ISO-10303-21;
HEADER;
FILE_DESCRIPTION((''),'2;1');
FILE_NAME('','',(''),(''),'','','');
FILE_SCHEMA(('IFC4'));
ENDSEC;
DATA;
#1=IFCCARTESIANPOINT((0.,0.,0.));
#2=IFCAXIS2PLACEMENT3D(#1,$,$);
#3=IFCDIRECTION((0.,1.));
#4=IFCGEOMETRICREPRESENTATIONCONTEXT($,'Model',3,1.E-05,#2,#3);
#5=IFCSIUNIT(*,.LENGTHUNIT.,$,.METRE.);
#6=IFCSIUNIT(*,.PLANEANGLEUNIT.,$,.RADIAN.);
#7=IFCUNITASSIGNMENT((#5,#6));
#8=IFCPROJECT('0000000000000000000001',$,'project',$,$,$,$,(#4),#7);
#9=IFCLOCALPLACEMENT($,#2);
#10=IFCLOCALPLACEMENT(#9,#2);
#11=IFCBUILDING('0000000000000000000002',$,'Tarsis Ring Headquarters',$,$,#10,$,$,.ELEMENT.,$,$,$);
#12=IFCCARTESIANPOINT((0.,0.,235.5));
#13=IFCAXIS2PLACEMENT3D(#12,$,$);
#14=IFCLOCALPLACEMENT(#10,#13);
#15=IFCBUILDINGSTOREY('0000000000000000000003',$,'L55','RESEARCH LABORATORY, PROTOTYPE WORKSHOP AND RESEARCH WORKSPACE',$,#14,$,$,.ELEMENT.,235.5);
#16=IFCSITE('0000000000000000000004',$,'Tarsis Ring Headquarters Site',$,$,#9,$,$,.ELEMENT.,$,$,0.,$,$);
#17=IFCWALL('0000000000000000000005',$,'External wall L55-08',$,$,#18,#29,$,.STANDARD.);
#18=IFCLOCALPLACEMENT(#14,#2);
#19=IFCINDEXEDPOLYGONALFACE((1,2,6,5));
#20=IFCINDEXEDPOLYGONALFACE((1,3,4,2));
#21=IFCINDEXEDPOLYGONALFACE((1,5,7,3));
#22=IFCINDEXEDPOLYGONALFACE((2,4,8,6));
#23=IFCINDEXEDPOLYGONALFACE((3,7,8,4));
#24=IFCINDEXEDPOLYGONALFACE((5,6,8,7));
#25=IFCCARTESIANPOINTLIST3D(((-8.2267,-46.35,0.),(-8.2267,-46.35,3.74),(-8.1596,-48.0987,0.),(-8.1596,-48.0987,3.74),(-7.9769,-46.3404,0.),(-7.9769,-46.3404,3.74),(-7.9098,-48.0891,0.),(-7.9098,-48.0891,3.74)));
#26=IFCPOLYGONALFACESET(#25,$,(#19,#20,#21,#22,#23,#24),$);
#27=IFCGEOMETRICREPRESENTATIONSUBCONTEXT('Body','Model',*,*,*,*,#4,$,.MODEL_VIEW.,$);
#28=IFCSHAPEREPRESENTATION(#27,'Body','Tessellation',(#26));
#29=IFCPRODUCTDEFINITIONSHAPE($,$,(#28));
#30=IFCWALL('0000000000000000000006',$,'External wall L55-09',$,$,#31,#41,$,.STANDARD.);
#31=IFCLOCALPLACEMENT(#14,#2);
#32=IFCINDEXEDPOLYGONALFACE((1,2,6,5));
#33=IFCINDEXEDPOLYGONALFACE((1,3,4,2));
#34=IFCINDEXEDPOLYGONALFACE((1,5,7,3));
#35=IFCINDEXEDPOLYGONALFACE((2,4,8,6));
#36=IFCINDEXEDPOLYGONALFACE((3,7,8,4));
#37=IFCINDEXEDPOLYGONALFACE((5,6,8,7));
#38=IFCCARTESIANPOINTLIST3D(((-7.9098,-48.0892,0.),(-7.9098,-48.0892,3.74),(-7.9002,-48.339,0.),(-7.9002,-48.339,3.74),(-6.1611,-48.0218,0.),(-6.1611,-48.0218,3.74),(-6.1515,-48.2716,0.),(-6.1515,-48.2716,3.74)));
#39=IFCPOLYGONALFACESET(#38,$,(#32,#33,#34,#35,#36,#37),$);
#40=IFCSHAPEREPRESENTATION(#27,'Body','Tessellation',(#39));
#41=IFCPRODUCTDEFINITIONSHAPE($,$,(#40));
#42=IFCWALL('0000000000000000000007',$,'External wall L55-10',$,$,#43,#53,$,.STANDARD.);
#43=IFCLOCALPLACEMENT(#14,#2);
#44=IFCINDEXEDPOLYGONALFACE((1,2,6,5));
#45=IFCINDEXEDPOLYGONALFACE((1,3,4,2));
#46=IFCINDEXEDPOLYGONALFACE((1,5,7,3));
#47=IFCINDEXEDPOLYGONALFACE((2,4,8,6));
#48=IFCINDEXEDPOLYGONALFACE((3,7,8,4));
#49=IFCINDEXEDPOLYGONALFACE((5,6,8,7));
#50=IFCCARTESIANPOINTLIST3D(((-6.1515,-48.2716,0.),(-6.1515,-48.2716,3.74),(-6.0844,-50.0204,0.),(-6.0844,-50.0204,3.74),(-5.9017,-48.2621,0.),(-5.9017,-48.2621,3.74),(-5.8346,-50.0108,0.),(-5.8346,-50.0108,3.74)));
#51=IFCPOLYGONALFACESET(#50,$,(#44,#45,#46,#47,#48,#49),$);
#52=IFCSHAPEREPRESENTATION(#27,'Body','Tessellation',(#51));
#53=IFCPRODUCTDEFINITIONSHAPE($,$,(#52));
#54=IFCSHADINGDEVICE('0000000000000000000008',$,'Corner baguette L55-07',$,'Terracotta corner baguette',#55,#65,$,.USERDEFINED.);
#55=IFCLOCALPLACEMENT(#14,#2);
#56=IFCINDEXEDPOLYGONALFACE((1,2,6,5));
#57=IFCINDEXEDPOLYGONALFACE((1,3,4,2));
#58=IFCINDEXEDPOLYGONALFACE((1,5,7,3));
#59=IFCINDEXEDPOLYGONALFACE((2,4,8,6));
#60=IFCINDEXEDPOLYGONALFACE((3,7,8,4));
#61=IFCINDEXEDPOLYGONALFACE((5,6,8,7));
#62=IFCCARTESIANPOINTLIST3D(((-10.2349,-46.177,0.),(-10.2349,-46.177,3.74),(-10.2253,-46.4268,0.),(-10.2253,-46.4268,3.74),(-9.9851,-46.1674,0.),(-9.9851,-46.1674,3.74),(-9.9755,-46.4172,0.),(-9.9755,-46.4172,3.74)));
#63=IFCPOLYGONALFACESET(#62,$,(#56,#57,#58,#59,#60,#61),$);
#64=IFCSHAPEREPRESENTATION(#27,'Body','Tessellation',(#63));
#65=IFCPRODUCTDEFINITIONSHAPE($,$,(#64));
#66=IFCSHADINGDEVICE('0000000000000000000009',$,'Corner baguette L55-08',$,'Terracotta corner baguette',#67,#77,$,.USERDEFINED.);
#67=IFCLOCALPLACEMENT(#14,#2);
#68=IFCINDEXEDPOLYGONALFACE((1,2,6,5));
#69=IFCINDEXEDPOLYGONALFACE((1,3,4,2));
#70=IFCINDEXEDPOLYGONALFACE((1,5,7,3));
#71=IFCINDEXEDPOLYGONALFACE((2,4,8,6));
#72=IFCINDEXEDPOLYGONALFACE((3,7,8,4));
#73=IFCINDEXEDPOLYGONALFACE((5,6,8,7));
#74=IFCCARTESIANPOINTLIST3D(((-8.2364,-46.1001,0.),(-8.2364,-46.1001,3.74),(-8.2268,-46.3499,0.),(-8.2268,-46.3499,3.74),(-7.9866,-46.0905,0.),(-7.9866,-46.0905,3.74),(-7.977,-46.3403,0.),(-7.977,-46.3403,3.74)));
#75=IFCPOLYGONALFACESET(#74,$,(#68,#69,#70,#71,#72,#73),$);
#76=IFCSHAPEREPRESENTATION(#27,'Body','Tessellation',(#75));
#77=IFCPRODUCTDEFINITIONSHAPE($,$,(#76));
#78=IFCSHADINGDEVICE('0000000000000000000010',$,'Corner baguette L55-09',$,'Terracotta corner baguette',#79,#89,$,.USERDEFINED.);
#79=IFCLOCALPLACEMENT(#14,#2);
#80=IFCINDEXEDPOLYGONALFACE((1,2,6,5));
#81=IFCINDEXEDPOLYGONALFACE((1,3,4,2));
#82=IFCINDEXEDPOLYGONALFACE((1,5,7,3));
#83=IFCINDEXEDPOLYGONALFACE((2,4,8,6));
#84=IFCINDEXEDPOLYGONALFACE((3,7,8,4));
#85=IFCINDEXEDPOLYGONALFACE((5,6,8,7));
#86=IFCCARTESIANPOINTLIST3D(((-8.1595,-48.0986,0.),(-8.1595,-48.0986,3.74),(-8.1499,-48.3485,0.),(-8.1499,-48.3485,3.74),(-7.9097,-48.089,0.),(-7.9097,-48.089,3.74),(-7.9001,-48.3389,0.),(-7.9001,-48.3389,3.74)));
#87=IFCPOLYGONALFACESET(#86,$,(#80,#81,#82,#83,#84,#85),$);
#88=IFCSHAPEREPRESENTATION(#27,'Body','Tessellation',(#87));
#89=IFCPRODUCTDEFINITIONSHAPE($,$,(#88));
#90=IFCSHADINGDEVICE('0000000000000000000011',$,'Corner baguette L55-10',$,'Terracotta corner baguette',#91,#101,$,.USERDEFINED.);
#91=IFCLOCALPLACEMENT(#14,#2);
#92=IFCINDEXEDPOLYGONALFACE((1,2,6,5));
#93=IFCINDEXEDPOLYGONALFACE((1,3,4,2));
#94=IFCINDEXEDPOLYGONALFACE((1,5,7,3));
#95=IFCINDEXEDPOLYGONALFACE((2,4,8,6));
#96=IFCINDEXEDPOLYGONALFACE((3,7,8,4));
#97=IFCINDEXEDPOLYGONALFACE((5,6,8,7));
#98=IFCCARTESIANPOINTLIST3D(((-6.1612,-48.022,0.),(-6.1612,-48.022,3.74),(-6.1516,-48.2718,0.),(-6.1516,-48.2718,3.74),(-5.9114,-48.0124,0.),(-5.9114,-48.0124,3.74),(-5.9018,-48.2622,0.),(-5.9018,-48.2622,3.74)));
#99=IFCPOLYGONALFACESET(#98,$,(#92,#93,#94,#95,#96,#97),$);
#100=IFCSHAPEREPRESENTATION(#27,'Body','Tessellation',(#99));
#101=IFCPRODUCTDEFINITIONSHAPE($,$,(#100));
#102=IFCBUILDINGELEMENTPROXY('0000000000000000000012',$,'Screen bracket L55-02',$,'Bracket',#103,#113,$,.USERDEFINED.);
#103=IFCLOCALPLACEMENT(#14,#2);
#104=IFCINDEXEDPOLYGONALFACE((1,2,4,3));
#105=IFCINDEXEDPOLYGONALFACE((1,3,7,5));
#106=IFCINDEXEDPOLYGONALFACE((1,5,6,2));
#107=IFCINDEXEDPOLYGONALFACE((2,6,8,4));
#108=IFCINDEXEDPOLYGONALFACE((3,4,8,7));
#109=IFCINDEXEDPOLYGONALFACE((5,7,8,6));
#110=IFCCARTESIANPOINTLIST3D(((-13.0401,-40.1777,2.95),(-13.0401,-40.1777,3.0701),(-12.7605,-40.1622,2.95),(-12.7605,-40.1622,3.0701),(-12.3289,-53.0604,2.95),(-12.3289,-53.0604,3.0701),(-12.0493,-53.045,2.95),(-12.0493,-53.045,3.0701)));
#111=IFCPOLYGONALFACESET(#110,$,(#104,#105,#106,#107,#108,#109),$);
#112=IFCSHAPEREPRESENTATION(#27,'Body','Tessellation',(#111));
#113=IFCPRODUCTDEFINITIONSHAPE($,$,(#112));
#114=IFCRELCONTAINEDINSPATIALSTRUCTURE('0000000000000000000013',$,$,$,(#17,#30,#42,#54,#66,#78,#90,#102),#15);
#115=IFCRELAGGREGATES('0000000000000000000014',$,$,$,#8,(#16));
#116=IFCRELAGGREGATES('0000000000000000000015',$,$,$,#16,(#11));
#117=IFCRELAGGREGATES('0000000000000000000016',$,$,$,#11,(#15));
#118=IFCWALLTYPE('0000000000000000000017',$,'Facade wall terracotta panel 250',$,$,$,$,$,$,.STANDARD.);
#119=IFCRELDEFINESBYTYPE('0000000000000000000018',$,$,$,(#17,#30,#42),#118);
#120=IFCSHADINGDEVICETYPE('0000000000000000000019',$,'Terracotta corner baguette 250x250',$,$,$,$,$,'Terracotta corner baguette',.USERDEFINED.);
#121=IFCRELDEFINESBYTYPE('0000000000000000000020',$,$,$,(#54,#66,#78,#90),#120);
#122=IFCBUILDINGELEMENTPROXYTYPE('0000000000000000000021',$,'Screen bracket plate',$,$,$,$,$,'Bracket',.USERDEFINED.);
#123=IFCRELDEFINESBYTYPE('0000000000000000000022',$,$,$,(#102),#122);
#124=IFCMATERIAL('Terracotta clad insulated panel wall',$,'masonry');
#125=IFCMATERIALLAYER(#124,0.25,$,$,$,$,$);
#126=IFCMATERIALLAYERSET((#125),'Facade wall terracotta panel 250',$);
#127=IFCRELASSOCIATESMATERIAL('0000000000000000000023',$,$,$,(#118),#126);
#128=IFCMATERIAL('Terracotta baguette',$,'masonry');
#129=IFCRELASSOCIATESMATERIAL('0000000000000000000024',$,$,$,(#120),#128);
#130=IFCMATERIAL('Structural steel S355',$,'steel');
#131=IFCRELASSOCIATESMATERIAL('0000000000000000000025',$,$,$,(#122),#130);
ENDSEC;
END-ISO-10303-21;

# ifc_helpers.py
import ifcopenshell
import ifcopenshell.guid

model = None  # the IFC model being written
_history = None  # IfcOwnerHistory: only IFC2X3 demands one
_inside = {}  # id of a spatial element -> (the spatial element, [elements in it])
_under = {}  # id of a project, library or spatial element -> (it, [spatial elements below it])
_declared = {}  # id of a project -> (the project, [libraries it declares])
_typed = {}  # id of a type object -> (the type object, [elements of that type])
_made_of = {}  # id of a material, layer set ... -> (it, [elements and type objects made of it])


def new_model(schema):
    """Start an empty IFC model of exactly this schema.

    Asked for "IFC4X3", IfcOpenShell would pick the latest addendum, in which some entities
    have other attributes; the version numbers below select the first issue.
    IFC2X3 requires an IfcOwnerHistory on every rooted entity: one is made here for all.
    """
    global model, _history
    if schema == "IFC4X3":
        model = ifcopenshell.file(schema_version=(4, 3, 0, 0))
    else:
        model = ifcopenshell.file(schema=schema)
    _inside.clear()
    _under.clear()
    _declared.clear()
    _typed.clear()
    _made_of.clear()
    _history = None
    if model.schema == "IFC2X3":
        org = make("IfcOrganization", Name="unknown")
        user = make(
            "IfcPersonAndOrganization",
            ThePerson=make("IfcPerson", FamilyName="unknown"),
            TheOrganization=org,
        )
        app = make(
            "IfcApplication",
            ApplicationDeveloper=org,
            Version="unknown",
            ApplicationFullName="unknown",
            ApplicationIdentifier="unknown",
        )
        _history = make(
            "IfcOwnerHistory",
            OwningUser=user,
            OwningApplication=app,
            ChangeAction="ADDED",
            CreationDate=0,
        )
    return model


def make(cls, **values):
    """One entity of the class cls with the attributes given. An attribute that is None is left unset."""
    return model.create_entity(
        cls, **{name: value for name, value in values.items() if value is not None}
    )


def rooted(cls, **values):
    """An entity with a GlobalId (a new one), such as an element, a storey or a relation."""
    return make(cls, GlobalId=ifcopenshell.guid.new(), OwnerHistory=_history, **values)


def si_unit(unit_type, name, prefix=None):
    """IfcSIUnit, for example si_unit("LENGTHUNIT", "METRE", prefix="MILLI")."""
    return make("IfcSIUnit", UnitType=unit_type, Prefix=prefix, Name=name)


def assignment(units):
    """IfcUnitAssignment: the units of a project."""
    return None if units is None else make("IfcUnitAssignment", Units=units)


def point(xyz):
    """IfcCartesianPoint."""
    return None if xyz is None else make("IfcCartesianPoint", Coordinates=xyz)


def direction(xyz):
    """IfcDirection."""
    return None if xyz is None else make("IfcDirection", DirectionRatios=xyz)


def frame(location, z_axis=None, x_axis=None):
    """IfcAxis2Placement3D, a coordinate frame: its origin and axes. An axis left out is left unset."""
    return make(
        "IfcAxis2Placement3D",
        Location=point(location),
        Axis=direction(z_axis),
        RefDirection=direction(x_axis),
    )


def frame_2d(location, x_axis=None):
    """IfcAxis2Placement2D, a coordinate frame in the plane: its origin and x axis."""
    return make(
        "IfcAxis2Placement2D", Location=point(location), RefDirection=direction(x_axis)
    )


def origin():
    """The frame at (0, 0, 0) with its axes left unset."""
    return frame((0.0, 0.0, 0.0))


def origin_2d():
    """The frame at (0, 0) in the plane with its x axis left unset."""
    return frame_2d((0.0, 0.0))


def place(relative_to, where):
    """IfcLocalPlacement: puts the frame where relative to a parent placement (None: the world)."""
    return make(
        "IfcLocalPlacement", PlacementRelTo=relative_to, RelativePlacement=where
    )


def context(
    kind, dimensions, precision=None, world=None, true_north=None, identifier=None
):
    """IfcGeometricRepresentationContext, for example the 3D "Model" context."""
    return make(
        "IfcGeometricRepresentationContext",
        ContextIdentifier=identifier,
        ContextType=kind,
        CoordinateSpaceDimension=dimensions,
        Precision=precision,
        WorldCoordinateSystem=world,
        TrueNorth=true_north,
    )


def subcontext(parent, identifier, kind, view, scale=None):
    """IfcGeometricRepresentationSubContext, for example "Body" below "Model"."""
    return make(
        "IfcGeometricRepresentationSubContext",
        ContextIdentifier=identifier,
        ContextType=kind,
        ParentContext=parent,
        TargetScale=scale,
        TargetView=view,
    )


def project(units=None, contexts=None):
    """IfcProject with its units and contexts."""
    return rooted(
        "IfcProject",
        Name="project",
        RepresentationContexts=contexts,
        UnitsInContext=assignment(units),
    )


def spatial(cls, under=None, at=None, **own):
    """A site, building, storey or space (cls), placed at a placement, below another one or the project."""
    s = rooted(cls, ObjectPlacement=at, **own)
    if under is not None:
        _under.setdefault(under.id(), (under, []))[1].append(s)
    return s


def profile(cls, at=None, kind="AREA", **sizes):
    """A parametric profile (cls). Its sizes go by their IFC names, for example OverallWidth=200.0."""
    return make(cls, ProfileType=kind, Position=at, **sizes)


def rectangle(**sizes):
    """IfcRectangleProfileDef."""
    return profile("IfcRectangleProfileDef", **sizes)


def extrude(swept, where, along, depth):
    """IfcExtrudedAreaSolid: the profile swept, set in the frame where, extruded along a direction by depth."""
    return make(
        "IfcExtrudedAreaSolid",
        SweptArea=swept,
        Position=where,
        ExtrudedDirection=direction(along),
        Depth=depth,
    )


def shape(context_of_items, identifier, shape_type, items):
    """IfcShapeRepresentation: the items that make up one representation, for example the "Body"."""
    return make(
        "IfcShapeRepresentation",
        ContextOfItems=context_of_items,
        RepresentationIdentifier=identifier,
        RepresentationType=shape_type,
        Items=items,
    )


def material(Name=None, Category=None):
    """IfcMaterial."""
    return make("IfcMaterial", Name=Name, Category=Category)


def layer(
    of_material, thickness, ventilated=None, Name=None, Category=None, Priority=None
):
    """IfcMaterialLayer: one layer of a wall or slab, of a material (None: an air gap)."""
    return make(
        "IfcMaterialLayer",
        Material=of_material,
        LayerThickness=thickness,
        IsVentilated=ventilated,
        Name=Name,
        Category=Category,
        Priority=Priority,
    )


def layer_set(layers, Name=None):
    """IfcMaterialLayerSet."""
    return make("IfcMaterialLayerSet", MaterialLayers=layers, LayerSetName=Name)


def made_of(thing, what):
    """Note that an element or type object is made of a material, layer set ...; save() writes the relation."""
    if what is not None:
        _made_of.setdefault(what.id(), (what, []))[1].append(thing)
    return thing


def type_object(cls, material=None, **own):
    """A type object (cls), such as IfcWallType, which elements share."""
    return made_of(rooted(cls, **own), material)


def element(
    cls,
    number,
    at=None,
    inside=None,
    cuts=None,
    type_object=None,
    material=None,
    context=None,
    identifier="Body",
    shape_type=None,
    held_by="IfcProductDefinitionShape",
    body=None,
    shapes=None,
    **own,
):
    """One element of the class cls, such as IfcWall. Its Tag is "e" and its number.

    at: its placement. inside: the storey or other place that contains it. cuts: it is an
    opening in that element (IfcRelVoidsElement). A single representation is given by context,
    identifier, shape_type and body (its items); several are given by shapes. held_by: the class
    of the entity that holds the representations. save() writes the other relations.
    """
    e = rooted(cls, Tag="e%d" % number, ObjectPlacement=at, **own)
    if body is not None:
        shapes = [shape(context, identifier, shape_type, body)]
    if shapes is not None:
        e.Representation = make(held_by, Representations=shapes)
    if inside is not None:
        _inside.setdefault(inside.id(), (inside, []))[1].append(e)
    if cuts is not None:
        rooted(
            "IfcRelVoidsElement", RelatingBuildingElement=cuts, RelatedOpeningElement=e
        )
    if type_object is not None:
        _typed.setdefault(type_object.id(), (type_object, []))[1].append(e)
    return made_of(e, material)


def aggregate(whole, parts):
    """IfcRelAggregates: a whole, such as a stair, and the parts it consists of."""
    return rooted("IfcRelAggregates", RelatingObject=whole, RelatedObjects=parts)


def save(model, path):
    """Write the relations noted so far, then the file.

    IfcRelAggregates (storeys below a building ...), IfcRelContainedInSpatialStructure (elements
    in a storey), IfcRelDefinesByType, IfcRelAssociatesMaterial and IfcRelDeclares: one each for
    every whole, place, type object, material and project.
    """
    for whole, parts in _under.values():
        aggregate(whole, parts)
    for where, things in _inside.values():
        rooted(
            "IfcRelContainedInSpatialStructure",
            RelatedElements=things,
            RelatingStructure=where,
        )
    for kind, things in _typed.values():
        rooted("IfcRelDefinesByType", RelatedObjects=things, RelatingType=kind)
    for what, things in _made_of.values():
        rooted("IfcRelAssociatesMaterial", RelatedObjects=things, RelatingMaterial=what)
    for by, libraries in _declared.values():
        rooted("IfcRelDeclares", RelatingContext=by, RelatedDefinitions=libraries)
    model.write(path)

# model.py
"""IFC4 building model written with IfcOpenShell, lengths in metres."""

from ifc_helpers import new_model, si_unit, direction, frame, frame_2d, origin, origin_2d, place, context, subcontext, project, spatial, rectangle, extrude, material, layer, layer_set, type_object, element, save


model = new_model("IFC4")

# Units and contexts
model_context = context("Model", 3, precision=1e-05, world=origin(), true_north=direction((0.0, 1.0)))
body_context = subcontext(model_context, "Body", "Model", "MODEL_VIEW")
ifc_project = project(units=[si_unit("LENGTHUNIT", "METRE"), si_unit("PLANEANGLEUNIT", "RADIAN")], contexts=[model_context])

# Site, building, storey
site_placement = place(None, origin())
site = spatial("IfcSite", under=ifc_project, at=site_placement, Name="Tarsis Ring Headquarters Site", CompositionType="ELEMENT", RefElevation=0.0)
building_placement = place(site_placement, origin())
building = spatial("IfcBuilding", under=site, at=building_placement, Name="Tarsis Ring Headquarters", CompositionType="ELEMENT")
storey_placement = place(building_placement, frame((0.0, 0.0, 235.5)))
storey = spatial("IfcBuildingStorey", under=building, at=storey_placement, Name="L55", Description="RESEARCH LABORATORY, PROTOTYPE WORKSHOP AND RESEARCH WORKSPACE", CompositionType="ELEMENT", Elevation=235.5)

# Shared definitions
ifc_material_1 = material(Name="Structural steel S355", Category="steel")

# Walls
ifc_material_2 = material(Name="Terracotta clad insulated panel wall", Category="masonry")
ifc_layer = layer(ifc_material_2, 0.25)
ifc_layer_set = layer_set([ifc_layer], Name="Facade wall terracotta panel 250")
wall_type = type_object("IfcWallType", Name="Facade wall terracotta panel 250", PredefinedType="STANDARD", material=ifc_layer_set)
for number, where, z_axis, x_axis, name in (
    (1, (-8.1018, -46.3452, 0.0), (0.0, 0.0, 1.0), (0.038363, -0.999264, 0.0), "External wall L55-08"),
    (2, (-7.905, -48.2141, 0.0), (0.0, 0.0, 1.0), (0.999258, 0.038503, 0.0), "External wall L55-09"),
    (3, (-6.0266, -48.2668, 0.0), (0.0, 0.0, 1.0), (0.038363, -0.999264, 0.0), "External wall L55-10"),
):
    element("IfcWall", number, at=place(storey_placement, frame(where, z_axis=z_axis, x_axis=x_axis)), inside=storey, type_object=wall_type, Name=name, PredefinedType="STANDARD", context=body_context, shape_type="SweptSolid", body=[
        extrude(rectangle(XDim=1.75, YDim=0.25, at=frame_2d((0.875, 0.0))), origin(), (0.0, 0.0, 1.0), 3.74),
    ])

# Shading devices
ifc_material_3 = material(Name="Terracotta baguette", Category="masonry")
shading_device_type_1 = type_object("IfcShadingDeviceType", Name="Terracotta corner baguette 250x250", ElementType="Terracotta corner baguette", PredefinedType="USERDEFINED", material=ifc_material_3)
for number, where, z_axis, x_axis, name in (
    (4, (-10.1052, -46.2971, 0.0), (0.0, 0.0, 1.0), (0.038388, -0.999263, 0.0), "Corner baguette L55-07"),
    (5, (-8.1067, -46.2202, 0.0), (0.0, 0.0, 1.0), (0.999263, 0.038388, 0.0), "Corner baguette L55-08"),
    (6, (-8.0298, -48.2188, 0.0), (0.0, 0.0, 1.0), (0.038388, -0.999263, 0.0), "Corner baguette L55-09"),
    (7, (-6.0315, -48.1421, 0.0), (0.0, 0.0, 1.0), (0.999263, 0.038388, 0.0), "Corner baguette L55-10"),
):
    element("IfcShadingDevice", number, at=place(storey_placement, frame(where, z_axis=z_axis, x_axis=x_axis)), inside=storey, type_object=shading_device_type_1, Name=name, ObjectType="Terracotta corner baguette", PredefinedType="USERDEFINED", context=body_context, shape_type="SweptSolid", body=[
        extrude(rectangle(XDim=0.25, YDim=0.25, at=origin_2d()), origin(), (0.0, 0.0, 1.0), 3.74),
    ])

# Building element proxy
building_element_proxy_type = type_object("IfcBuildingElementProxyType", Name="Screen bracket plate", ElementType="Bracket", PredefinedType="USERDEFINED", material=ifc_material_1)
proxy_placement = place(storey_placement, frame((-12.5447, -46.6113, 2.95), z_axis=(0.0, 0.0, 1.0), x_axis=(0.055124, -0.998479, 0.0)))
element("IfcBuildingElementProxy", 8, at=proxy_placement, inside=storey, type_object=building_element_proxy_type, Name="Screen bracket L55-02", ObjectType="Bracket", PredefinedType="USERDEFINED", context=body_context, shape_type="SweptSolid", body=[
    extrude(rectangle(XDim=12.9023, YDim=0.28, at=origin_2d()), origin(), (0.0, 0.0, 1.0), 0.1201),
])

save(model, "model.ifc")
